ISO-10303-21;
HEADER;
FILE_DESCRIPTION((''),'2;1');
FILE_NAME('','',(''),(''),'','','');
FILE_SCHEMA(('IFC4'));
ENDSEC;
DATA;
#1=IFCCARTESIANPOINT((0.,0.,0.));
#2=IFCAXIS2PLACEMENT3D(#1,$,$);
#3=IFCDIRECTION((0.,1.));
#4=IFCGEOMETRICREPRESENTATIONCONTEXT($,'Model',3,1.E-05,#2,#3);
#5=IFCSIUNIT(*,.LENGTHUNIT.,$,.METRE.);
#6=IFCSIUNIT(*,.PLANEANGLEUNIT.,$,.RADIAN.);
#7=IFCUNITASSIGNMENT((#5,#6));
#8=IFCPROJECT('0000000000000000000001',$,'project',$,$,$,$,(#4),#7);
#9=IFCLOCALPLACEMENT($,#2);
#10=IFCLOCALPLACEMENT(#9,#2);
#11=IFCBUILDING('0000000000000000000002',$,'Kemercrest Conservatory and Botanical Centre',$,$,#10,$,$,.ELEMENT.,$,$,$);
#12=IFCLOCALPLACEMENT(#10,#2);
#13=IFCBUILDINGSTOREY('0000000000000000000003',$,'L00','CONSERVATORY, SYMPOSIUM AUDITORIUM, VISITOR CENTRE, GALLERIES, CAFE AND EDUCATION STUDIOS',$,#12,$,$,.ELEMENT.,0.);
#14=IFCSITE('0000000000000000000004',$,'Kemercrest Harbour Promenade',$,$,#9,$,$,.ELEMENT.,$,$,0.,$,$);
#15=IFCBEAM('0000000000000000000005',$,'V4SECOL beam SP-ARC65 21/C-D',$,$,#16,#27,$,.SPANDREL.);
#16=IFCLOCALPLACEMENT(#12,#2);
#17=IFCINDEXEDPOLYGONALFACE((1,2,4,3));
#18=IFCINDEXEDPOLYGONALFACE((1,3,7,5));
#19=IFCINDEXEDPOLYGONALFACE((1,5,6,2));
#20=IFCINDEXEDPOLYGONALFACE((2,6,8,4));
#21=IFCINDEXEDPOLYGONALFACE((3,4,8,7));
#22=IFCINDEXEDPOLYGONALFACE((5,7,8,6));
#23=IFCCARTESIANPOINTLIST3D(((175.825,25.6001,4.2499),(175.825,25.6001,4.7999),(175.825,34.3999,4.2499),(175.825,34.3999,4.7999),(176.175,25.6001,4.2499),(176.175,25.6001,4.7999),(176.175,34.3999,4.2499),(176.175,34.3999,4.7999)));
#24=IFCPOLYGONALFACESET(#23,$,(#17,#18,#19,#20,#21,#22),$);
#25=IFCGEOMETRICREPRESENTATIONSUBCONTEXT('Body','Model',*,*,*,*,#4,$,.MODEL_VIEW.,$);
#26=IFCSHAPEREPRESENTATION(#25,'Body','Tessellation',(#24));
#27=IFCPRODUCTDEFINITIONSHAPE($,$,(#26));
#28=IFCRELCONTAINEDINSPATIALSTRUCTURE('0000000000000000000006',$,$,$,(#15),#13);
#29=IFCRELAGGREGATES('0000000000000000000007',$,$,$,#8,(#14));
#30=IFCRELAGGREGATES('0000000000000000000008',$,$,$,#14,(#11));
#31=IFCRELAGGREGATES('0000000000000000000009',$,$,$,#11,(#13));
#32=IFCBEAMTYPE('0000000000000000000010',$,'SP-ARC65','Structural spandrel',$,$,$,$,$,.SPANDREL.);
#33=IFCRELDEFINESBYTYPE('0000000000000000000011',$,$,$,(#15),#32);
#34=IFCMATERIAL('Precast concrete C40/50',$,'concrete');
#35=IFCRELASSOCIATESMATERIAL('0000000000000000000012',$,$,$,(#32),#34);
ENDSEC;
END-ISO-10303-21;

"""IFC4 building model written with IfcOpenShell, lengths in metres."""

from ifc_helpers import new_model, si_unit, direction, frame, origin, origin_2d, place, context, subcontext, project, spatial, rectangle, extrude, material, material_profile, profile_set, type_object, element, save


model = new_model("IFC4")

# Units and contexts
model_context = context("Model", 3, precision=1e-05, world=origin(), true_north=direction((0.0, 1.0)))
body_context = subcontext(model_context, "Body", "Model", "MODEL_VIEW")
ifc_project = project(units=[si_unit("LENGTHUNIT", "METRE"), si_unit("PLANEANGLEUNIT", "RADIAN")], contexts=[model_context])

# Site, building, storey
site_placement = place(None, origin())
site = spatial("IfcSite", under=ifc_project, at=site_placement, Name="Kemercrest Harbour Promenade", CompositionType="ELEMENT", RefElevation=0.0)
building_placement = place(site_placement, origin())
building = spatial("IfcBuilding", under=site, at=building_placement, Name="Kemercrest Conservatory and Botanical Centre", CompositionType="ELEMENT")
storey_placement = place(building_placement, origin())
storey = spatial("IfcBuildingStorey", under=building, at=storey_placement, Name="L00", Description="CONSERVATORY, SYMPOSIUM AUDITORIUM, VISITOR CENTRE, GALLERIES, CAFE AND EDUCATION STUDIOS", CompositionType="ELEMENT", Elevation=0.0)

# Shared definitions
ifc_material_1 = material(Name="Precast concrete C40/50", Category="concrete")

# Beam
ifc_material_profile_1 = material_profile(ifc_material_1, rectangle(XDim=0.3501, YDim=0.55, at=origin_2d()), Name="RC 350x550")
ifc_profile_set_1 = profile_set([ifc_material_profile_1], Name="Precast concrete C40/50")
beam_type_1 = type_object("IfcBeamType", Name="SP-ARC65", Description="Structural spandrel", PredefinedType="SPANDREL", material=ifc_profile_set_1)
beam_1_placement = place(storey_placement, frame((176.0, 25.6001, 4.5249), z_axis=(0.0, 1.0, 0.0), x_axis=(-1.0, 0.0, 0.0)))
element("IfcBeam", 1, at=beam_1_placement, inside=storey, type_object=beam_type_1, Name="V4SECOL beam SP-ARC65 21/C-D", PredefinedType="SPANDREL", context=body_context, shape_type="SweptSolid", body=[
    extrude(rectangle(XDim=0.3501, YDim=0.55, at=origin_2d()), origin(), (0.0, 0.0, 1.0), 8.7998),
])

save(model, "model.ifc")
